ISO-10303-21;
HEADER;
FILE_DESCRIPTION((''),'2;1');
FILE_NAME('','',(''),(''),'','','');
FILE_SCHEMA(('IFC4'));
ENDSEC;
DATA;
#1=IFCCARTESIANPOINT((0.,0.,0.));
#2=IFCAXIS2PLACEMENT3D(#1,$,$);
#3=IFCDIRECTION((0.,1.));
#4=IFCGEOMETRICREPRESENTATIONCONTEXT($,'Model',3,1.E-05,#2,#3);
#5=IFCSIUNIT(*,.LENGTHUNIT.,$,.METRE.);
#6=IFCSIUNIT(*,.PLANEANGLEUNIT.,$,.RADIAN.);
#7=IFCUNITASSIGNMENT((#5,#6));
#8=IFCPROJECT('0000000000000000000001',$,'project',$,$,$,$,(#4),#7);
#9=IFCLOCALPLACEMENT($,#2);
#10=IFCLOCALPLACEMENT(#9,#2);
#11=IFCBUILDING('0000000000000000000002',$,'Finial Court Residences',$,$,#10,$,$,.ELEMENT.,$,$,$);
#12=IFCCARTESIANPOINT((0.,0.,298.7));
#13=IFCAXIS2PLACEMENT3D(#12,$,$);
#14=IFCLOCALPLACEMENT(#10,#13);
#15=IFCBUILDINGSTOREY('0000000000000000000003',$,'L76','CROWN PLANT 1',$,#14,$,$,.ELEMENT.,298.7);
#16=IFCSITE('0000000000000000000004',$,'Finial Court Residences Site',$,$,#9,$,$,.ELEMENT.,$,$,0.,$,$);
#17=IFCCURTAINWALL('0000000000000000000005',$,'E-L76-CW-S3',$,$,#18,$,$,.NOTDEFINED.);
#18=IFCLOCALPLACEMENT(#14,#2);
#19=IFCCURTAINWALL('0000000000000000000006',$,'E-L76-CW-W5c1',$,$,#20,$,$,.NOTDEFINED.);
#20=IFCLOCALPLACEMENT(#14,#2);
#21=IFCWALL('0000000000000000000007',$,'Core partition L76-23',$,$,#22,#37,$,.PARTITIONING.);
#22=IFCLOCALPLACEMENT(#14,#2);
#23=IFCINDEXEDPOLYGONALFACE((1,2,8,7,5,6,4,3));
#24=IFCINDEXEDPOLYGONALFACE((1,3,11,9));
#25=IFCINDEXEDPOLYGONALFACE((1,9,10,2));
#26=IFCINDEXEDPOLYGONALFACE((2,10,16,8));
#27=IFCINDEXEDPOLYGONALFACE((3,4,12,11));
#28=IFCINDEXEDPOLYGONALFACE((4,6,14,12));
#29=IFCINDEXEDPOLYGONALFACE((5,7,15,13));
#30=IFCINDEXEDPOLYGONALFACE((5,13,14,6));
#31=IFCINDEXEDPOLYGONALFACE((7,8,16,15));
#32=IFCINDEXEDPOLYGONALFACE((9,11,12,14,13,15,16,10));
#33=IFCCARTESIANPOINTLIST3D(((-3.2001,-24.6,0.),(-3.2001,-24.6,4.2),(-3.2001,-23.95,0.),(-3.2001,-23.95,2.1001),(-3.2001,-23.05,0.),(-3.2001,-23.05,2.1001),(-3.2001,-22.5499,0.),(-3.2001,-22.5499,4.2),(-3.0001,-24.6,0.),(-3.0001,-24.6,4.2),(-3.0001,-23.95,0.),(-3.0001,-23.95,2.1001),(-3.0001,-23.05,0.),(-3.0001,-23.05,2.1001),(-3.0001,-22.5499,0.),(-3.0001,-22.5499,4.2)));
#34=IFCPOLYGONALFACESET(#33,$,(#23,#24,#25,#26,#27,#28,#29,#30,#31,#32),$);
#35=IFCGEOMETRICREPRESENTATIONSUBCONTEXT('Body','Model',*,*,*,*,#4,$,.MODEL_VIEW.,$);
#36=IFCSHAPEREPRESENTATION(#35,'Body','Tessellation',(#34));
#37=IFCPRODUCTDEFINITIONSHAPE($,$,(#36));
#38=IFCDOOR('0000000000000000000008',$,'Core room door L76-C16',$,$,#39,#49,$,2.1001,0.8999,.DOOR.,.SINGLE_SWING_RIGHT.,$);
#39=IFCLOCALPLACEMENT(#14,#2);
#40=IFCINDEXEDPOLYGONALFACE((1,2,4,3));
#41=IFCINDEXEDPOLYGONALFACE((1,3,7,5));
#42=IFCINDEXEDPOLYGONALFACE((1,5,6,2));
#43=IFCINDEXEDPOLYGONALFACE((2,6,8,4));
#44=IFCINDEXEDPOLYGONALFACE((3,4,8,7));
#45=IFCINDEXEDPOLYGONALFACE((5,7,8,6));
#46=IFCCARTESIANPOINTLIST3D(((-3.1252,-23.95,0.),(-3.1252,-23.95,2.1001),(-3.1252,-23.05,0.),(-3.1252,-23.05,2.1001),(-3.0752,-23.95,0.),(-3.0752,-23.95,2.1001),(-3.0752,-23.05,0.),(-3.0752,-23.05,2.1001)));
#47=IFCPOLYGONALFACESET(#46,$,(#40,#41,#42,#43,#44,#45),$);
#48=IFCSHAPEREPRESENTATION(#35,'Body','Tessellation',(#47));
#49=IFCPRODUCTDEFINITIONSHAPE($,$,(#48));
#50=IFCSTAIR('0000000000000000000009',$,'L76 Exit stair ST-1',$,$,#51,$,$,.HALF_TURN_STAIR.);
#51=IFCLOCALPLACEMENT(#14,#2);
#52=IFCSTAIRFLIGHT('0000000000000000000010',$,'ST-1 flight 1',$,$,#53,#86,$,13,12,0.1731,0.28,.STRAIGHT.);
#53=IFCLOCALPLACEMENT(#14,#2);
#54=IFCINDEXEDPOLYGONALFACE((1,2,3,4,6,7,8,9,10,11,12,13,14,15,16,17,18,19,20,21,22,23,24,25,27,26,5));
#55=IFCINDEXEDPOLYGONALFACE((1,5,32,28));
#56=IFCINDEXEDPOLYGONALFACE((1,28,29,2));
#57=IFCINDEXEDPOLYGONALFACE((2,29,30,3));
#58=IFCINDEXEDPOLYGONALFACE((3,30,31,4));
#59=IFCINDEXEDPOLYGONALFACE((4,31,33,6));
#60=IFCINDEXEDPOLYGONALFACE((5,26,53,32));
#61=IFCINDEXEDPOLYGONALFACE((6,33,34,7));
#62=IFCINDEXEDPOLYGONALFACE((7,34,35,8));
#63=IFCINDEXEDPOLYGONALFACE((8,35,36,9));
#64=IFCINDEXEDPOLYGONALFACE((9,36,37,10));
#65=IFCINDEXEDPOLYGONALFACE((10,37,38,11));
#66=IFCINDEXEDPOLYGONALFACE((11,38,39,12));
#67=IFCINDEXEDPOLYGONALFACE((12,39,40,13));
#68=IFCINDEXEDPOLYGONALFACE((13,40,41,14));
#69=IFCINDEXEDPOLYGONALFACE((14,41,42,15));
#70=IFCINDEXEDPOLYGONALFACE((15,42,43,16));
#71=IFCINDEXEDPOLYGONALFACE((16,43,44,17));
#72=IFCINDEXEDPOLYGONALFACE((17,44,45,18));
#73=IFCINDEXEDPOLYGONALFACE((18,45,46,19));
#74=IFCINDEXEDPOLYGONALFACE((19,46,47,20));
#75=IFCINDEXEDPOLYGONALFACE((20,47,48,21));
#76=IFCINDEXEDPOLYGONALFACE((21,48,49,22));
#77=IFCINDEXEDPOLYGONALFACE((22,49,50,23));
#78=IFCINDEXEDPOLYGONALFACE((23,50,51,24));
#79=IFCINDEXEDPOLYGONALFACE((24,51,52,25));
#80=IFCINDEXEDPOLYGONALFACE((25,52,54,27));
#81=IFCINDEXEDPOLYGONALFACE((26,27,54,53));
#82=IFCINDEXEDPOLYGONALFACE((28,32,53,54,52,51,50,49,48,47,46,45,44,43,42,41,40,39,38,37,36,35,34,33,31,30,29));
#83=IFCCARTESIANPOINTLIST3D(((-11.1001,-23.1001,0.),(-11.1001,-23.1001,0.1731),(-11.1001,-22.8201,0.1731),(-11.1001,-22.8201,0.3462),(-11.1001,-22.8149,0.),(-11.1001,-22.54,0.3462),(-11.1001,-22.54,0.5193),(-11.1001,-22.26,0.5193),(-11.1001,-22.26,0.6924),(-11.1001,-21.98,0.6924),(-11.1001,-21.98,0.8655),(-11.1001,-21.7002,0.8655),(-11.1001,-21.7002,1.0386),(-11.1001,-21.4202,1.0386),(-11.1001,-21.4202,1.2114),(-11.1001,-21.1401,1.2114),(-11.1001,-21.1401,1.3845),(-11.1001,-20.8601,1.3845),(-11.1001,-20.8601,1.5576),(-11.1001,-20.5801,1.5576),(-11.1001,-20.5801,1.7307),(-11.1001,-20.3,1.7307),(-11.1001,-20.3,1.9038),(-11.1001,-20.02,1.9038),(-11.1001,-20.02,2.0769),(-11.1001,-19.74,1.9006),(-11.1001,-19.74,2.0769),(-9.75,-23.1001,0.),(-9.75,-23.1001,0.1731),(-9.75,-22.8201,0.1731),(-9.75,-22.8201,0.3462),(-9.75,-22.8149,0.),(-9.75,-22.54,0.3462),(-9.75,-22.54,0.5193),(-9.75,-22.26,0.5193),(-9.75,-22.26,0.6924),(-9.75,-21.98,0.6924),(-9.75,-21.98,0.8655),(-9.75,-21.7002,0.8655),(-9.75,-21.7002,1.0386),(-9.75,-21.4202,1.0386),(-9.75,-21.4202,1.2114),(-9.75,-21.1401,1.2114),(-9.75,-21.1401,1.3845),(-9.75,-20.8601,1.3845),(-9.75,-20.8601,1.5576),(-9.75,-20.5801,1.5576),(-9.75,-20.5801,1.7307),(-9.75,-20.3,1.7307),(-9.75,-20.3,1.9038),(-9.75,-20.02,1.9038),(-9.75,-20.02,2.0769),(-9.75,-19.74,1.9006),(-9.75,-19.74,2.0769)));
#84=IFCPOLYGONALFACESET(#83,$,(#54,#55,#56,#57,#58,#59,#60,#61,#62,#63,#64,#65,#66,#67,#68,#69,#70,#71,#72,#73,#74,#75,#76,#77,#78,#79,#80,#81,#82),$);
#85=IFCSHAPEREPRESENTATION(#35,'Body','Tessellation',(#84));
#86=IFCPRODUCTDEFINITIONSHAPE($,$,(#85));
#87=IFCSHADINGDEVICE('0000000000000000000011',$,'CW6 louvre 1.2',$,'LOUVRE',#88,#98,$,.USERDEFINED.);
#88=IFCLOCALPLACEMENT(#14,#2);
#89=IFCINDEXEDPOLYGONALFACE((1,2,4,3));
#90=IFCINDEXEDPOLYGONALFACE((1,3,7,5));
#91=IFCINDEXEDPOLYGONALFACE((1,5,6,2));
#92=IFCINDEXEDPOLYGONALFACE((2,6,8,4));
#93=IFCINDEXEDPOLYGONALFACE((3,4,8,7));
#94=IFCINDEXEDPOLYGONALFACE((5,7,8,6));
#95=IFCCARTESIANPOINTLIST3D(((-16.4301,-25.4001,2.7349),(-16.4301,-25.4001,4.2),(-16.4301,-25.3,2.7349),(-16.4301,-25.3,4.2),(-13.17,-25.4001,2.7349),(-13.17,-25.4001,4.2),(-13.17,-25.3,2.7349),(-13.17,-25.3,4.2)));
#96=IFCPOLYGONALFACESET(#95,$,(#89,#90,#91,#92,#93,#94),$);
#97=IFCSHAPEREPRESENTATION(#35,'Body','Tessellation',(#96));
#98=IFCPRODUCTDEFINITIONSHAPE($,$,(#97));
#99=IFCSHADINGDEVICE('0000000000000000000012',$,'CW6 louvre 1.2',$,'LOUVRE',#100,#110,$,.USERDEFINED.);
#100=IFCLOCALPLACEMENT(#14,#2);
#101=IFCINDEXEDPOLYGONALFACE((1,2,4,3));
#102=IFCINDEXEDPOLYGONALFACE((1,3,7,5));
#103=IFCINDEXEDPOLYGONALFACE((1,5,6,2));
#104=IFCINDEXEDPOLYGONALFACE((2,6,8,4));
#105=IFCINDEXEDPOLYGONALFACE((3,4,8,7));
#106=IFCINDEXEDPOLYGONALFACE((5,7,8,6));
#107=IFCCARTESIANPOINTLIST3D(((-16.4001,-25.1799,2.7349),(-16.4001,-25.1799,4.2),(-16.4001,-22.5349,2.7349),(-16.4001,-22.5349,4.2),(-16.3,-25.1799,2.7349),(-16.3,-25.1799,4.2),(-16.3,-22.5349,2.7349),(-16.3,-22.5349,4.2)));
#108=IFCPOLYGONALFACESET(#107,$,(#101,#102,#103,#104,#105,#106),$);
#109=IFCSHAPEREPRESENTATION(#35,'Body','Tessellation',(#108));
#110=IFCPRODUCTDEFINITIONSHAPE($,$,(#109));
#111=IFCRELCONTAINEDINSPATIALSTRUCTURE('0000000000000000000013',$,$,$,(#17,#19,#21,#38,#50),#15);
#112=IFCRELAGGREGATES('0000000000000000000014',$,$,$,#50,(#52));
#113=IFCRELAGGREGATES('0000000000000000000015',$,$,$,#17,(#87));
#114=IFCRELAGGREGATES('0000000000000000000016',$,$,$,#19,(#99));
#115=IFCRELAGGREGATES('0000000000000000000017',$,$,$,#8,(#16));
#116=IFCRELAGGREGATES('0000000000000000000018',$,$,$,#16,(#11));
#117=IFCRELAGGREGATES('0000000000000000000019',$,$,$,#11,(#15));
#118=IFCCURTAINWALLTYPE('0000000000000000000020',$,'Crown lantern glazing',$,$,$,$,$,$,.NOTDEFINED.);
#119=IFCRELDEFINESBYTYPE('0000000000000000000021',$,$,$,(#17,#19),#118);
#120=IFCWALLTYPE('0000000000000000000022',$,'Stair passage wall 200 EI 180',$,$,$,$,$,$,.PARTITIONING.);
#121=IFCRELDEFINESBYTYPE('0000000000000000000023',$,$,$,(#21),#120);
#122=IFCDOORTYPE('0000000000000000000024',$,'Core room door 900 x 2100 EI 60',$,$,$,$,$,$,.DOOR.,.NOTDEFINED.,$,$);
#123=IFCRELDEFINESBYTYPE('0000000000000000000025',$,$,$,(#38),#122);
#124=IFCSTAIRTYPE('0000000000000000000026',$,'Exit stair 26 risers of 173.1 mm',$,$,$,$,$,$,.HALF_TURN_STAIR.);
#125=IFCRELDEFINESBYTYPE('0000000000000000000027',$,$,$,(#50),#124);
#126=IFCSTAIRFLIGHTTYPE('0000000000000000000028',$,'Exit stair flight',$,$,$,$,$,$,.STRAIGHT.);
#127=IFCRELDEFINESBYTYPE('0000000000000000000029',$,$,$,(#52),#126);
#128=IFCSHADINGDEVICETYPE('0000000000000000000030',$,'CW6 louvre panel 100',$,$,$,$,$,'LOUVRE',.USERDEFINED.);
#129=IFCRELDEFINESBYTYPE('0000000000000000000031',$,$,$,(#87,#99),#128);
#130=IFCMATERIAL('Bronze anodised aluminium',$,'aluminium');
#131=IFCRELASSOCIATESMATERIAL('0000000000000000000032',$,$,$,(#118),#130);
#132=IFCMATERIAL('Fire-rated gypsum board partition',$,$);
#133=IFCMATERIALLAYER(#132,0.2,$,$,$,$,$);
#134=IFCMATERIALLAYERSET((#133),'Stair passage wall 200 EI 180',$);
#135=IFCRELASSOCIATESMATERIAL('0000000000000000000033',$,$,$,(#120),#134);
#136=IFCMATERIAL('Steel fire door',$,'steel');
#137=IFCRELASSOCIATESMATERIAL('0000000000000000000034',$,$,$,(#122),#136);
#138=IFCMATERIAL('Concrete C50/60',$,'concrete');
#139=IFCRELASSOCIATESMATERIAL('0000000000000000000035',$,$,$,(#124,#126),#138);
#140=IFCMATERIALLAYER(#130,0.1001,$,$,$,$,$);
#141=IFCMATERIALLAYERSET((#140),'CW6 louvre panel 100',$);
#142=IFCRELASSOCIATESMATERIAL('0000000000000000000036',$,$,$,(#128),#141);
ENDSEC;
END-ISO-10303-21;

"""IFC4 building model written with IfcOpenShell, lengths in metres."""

from ifc_helpers import new_model, si_unit, direction, frame, frame_2d, origin, origin_2d, place, context, subcontext, project, spatial, polyline, rectangle, outline, extrude, material, layer, layer_set, type_object, element, fill, aggregate, save


model = new_model("IFC4")

# Units and contexts
model_context = context("Model", 3, precision=1e-05, world=origin(), true_north=direction((0.0, 1.0)))
body_context = subcontext(model_context, "Body", "Model", "MODEL_VIEW")
ifc_project = project(units=[si_unit("LENGTHUNIT", "METRE"), si_unit("PLANEANGLEUNIT", "RADIAN")], contexts=[model_context])

# Site, building, storey
site_placement = place(None, origin())
site = spatial("IfcSite", under=ifc_project, at=site_placement, Name="Finial Court Residences Site", CompositionType="ELEMENT", RefElevation=0.0)
building_placement = place(site_placement, origin())
building = spatial("IfcBuilding", under=site, at=building_placement, Name="Finial Court Residences", CompositionType="ELEMENT")
storey_placement = place(building_placement, frame((0.0, 0.0, 298.7)))
storey = spatial("IfcBuildingStorey", under=building, at=storey_placement, Name="L76", Description="CROWN PLANT 1", CompositionType="ELEMENT", Elevation=298.7)

# Curtain walls
ifc_material_1 = material(Name="Bronze anodised aluminium", Category="aluminium")
curtain_wall_type = type_object("IfcCurtainWallType", Name="Crown lantern glazing", PredefinedType="NOTDEFINED", material=ifc_material_1)
curtain_wall_1_placement = place(storey_placement, origin())
curtain_wall_1 = element("IfcCurtainWall", 1, at=curtain_wall_1_placement, inside=storey, type_object=curtain_wall_type, Name="E-L76-CW-S3", PredefinedType="NOTDEFINED")
curtain_wall_2_placement = place(storey_placement, origin())
curtain_wall_2 = element("IfcCurtainWall", 2, at=curtain_wall_2_placement, inside=storey, type_object=curtain_wall_type, Name="E-L76-CW-W5c1", PredefinedType="NOTDEFINED")

# Shared definitions
ifc_material_2 = material(Name="Concrete C50/60", Category="concrete")

# Shared definitions
ifc_material_3 = material(Name="Steel fire door", Category="steel")

# Shared definitions
ifc_material_4 = material(Name="Fire-rated gypsum board partition")

# Wall, opening, door
ifc_layer_1 = layer(ifc_material_4, 0.2)
ifc_layer_set_1 = layer_set([ifc_layer_1], Name="Stair passage wall 200 EI 180")
wall_type_1 = type_object("IfcWallType", Name="Stair passage wall 200 EI 180", PredefinedType="PARTITIONING", material=ifc_layer_set_1)
wall_1_placement = place(storey_placement, frame((-3.1001, -22.55, 0.0), z_axis=(0.0, 0.0, 1.0), x_axis=(0.0, -1.0, 0.0)))
wall_1 = element("IfcWall", 3, at=wall_1_placement, inside=storey, type_object=wall_type_1, Name="Core partition L76-23", PredefinedType="PARTITIONING", context=body_context, shape_type="SweptSolid", body=[
    extrude(rectangle(XDim=2.05, YDim=0.2, at=frame_2d((1.0249, 0.0))), origin(), (0.0, 0.0, 1.0), 4.2),
])
opening_1_placement = place(wall_1_placement, frame((0.5, 0.0, 0.0)))
opening_1 = element("IfcOpeningElement", 4, at=opening_1_placement, cuts=wall_1, PredefinedType="OPENING", context=body_context, shape_type="SweptSolid", body=[
    extrude(rectangle(XDim=0.8999, YDim=2.1001, at=frame_2d((0.45, 1.05))), frame((0.0, 0.1099, 0.0), z_axis=(0.0, -1.0, 0.0), x_axis=(1.0, 0.0, 0.0)), (0.0, 0.0, 1.0), 0.22),
])
door_type_1 = type_object("IfcDoorType", Name="Core room door 900 x 2100 EI 60", OperationType="NOTDEFINED", PredefinedType="DOOR", material=ifc_material_3)
door_1_placement = place(opening_1_placement, origin())
door_1 = element("IfcDoor", 5, at=door_1_placement, inside=storey, type_object=door_type_1, Name="Core room door L76-C16", OperationType="SINGLE_SWING_RIGHT", OverallHeight=2.1001, OverallWidth=0.8999, PredefinedType="DOOR", context=body_context, shape_type="SweptSolid", body=[
    extrude(rectangle(XDim=0.8999, YDim=2.1001, at=frame_2d((0.45, 1.05))), frame((0.0, 0.0249, 0.0), z_axis=(0.0, -1.0, 0.0), x_axis=(1.0, 0.0, 0.0)), (0.0, 0.0, 1.0), 0.05),
])
fill(opening_1, door_1)

# Stair, stair flight
stair_type = type_object("IfcStairType", Name="Exit stair 26 risers of 173.1 mm", PredefinedType="HALF_TURN_STAIR", material=ifc_material_2)
stair_placement = place(storey_placement, origin())
stair = element("IfcStair", 6, at=stair_placement, inside=storey, type_object=stair_type, Name="L76 Exit stair ST-1", PredefinedType="HALF_TURN_STAIR")
stair_flight_type = type_object("IfcStairFlightType", Name="Exit stair flight", PredefinedType="STRAIGHT", material=ifc_material_2)
stair_flight_placement = place(storey_placement, frame((-10.425, -23.1001, 0.0), z_axis=(0.0, 0.0, 1.0), x_axis=(0.0, 1.0, 0.0)))
stair_flight = element("IfcStairFlight", 7, at=stair_flight_placement, type_object=stair_flight_type, Name="ST-1 flight 1", NumberOfRisers=13, NumberOfTreads=12, PredefinedType="STRAIGHT", RiserHeight=0.1731, TreadLength=0.28, context=body_context, shape_type="SweptSolid", body=[
    extrude(outline(polyline([(0.0, 0.0), (0.0, 0.1731), (0.28, 0.1731), (0.28, 0.3462), (0.5601, 0.3462), (0.5601, 0.5193), (0.8401, 0.5193), (0.8401, 0.6924), (1.1201, 0.6924), (1.1201, 0.8655), (1.3999, 0.8655), (1.3999, 1.0386), (1.6799, 1.0386), (1.6799, 1.2114), (1.96, 1.2114), (1.96, 1.3845), (2.24, 1.3845), (2.24, 1.5576), (2.52, 1.5576), (2.52, 1.7307), (2.8, 1.7307), (2.8, 1.9038), (3.0801, 1.9038), (3.0801, 2.0769), (3.3601, 2.0769), (3.3601, 2.25), (3.3601, 1.9006), (0.2852, 0.0), (0.0, 0.0)])), frame((0.0, 0.675, 0.0), z_axis=(0.0, -1.0, 0.0), x_axis=(1.0, 0.0, 0.0)), (0.0, 0.0, 1.0), 1.3501),
])
aggregate(stair, [stair_flight])

# Shading devices
ifc_layer_2 = layer(ifc_material_1, 0.1001)
ifc_layer_set_2 = layer_set([ifc_layer_2], Name="CW6 louvre panel 100")
shading_device_type = type_object("IfcShadingDeviceType", Name="CW6 louvre panel 100", ElementType="LOUVRE", PredefinedType="USERDEFINED", material=ifc_layer_set_2)
shading_device_1_placement = place(storey_placement, frame((-14.8, -25.3501, 2.7349), z_axis=(0.0, 0.0, 1.0), x_axis=(1.0, 0.0, 0.0)))
shading_device_1 = element("IfcShadingDevice", 8, at=shading_device_1_placement, type_object=shading_device_type, Name="CW6 louvre 1.2", ObjectType="LOUVRE", PredefinedType="USERDEFINED", context=body_context, shape_type="SweptSolid", body=[
    extrude(rectangle(XDim=3.26, YDim=0.1001, at=origin_2d()), origin(), (0.0, 0.0, 1.0), 1.4651),
])
aggregate(curtain_wall_1, [shading_device_1])
shading_device_2_placement = place(storey_placement, frame((-16.3501, -23.8574, 2.7349), z_axis=(0.0, 0.0, 1.0), x_axis=(0.0, 1.0, 0.0)))
shading_device_2 = element("IfcShadingDevice", 9, at=shading_device_2_placement, type_object=shading_device_type, Name="CW6 louvre 1.2", ObjectType="LOUVRE", PredefinedType="USERDEFINED", context=body_context, shape_type="SweptSolid", body=[
    extrude(rectangle(XDim=2.645, YDim=0.1001, at=origin_2d()), origin(), (0.0, 0.0, 1.0), 1.4651),
])
aggregate(curtain_wall_2, [shading_device_2])

save(model, "model.ifc")
